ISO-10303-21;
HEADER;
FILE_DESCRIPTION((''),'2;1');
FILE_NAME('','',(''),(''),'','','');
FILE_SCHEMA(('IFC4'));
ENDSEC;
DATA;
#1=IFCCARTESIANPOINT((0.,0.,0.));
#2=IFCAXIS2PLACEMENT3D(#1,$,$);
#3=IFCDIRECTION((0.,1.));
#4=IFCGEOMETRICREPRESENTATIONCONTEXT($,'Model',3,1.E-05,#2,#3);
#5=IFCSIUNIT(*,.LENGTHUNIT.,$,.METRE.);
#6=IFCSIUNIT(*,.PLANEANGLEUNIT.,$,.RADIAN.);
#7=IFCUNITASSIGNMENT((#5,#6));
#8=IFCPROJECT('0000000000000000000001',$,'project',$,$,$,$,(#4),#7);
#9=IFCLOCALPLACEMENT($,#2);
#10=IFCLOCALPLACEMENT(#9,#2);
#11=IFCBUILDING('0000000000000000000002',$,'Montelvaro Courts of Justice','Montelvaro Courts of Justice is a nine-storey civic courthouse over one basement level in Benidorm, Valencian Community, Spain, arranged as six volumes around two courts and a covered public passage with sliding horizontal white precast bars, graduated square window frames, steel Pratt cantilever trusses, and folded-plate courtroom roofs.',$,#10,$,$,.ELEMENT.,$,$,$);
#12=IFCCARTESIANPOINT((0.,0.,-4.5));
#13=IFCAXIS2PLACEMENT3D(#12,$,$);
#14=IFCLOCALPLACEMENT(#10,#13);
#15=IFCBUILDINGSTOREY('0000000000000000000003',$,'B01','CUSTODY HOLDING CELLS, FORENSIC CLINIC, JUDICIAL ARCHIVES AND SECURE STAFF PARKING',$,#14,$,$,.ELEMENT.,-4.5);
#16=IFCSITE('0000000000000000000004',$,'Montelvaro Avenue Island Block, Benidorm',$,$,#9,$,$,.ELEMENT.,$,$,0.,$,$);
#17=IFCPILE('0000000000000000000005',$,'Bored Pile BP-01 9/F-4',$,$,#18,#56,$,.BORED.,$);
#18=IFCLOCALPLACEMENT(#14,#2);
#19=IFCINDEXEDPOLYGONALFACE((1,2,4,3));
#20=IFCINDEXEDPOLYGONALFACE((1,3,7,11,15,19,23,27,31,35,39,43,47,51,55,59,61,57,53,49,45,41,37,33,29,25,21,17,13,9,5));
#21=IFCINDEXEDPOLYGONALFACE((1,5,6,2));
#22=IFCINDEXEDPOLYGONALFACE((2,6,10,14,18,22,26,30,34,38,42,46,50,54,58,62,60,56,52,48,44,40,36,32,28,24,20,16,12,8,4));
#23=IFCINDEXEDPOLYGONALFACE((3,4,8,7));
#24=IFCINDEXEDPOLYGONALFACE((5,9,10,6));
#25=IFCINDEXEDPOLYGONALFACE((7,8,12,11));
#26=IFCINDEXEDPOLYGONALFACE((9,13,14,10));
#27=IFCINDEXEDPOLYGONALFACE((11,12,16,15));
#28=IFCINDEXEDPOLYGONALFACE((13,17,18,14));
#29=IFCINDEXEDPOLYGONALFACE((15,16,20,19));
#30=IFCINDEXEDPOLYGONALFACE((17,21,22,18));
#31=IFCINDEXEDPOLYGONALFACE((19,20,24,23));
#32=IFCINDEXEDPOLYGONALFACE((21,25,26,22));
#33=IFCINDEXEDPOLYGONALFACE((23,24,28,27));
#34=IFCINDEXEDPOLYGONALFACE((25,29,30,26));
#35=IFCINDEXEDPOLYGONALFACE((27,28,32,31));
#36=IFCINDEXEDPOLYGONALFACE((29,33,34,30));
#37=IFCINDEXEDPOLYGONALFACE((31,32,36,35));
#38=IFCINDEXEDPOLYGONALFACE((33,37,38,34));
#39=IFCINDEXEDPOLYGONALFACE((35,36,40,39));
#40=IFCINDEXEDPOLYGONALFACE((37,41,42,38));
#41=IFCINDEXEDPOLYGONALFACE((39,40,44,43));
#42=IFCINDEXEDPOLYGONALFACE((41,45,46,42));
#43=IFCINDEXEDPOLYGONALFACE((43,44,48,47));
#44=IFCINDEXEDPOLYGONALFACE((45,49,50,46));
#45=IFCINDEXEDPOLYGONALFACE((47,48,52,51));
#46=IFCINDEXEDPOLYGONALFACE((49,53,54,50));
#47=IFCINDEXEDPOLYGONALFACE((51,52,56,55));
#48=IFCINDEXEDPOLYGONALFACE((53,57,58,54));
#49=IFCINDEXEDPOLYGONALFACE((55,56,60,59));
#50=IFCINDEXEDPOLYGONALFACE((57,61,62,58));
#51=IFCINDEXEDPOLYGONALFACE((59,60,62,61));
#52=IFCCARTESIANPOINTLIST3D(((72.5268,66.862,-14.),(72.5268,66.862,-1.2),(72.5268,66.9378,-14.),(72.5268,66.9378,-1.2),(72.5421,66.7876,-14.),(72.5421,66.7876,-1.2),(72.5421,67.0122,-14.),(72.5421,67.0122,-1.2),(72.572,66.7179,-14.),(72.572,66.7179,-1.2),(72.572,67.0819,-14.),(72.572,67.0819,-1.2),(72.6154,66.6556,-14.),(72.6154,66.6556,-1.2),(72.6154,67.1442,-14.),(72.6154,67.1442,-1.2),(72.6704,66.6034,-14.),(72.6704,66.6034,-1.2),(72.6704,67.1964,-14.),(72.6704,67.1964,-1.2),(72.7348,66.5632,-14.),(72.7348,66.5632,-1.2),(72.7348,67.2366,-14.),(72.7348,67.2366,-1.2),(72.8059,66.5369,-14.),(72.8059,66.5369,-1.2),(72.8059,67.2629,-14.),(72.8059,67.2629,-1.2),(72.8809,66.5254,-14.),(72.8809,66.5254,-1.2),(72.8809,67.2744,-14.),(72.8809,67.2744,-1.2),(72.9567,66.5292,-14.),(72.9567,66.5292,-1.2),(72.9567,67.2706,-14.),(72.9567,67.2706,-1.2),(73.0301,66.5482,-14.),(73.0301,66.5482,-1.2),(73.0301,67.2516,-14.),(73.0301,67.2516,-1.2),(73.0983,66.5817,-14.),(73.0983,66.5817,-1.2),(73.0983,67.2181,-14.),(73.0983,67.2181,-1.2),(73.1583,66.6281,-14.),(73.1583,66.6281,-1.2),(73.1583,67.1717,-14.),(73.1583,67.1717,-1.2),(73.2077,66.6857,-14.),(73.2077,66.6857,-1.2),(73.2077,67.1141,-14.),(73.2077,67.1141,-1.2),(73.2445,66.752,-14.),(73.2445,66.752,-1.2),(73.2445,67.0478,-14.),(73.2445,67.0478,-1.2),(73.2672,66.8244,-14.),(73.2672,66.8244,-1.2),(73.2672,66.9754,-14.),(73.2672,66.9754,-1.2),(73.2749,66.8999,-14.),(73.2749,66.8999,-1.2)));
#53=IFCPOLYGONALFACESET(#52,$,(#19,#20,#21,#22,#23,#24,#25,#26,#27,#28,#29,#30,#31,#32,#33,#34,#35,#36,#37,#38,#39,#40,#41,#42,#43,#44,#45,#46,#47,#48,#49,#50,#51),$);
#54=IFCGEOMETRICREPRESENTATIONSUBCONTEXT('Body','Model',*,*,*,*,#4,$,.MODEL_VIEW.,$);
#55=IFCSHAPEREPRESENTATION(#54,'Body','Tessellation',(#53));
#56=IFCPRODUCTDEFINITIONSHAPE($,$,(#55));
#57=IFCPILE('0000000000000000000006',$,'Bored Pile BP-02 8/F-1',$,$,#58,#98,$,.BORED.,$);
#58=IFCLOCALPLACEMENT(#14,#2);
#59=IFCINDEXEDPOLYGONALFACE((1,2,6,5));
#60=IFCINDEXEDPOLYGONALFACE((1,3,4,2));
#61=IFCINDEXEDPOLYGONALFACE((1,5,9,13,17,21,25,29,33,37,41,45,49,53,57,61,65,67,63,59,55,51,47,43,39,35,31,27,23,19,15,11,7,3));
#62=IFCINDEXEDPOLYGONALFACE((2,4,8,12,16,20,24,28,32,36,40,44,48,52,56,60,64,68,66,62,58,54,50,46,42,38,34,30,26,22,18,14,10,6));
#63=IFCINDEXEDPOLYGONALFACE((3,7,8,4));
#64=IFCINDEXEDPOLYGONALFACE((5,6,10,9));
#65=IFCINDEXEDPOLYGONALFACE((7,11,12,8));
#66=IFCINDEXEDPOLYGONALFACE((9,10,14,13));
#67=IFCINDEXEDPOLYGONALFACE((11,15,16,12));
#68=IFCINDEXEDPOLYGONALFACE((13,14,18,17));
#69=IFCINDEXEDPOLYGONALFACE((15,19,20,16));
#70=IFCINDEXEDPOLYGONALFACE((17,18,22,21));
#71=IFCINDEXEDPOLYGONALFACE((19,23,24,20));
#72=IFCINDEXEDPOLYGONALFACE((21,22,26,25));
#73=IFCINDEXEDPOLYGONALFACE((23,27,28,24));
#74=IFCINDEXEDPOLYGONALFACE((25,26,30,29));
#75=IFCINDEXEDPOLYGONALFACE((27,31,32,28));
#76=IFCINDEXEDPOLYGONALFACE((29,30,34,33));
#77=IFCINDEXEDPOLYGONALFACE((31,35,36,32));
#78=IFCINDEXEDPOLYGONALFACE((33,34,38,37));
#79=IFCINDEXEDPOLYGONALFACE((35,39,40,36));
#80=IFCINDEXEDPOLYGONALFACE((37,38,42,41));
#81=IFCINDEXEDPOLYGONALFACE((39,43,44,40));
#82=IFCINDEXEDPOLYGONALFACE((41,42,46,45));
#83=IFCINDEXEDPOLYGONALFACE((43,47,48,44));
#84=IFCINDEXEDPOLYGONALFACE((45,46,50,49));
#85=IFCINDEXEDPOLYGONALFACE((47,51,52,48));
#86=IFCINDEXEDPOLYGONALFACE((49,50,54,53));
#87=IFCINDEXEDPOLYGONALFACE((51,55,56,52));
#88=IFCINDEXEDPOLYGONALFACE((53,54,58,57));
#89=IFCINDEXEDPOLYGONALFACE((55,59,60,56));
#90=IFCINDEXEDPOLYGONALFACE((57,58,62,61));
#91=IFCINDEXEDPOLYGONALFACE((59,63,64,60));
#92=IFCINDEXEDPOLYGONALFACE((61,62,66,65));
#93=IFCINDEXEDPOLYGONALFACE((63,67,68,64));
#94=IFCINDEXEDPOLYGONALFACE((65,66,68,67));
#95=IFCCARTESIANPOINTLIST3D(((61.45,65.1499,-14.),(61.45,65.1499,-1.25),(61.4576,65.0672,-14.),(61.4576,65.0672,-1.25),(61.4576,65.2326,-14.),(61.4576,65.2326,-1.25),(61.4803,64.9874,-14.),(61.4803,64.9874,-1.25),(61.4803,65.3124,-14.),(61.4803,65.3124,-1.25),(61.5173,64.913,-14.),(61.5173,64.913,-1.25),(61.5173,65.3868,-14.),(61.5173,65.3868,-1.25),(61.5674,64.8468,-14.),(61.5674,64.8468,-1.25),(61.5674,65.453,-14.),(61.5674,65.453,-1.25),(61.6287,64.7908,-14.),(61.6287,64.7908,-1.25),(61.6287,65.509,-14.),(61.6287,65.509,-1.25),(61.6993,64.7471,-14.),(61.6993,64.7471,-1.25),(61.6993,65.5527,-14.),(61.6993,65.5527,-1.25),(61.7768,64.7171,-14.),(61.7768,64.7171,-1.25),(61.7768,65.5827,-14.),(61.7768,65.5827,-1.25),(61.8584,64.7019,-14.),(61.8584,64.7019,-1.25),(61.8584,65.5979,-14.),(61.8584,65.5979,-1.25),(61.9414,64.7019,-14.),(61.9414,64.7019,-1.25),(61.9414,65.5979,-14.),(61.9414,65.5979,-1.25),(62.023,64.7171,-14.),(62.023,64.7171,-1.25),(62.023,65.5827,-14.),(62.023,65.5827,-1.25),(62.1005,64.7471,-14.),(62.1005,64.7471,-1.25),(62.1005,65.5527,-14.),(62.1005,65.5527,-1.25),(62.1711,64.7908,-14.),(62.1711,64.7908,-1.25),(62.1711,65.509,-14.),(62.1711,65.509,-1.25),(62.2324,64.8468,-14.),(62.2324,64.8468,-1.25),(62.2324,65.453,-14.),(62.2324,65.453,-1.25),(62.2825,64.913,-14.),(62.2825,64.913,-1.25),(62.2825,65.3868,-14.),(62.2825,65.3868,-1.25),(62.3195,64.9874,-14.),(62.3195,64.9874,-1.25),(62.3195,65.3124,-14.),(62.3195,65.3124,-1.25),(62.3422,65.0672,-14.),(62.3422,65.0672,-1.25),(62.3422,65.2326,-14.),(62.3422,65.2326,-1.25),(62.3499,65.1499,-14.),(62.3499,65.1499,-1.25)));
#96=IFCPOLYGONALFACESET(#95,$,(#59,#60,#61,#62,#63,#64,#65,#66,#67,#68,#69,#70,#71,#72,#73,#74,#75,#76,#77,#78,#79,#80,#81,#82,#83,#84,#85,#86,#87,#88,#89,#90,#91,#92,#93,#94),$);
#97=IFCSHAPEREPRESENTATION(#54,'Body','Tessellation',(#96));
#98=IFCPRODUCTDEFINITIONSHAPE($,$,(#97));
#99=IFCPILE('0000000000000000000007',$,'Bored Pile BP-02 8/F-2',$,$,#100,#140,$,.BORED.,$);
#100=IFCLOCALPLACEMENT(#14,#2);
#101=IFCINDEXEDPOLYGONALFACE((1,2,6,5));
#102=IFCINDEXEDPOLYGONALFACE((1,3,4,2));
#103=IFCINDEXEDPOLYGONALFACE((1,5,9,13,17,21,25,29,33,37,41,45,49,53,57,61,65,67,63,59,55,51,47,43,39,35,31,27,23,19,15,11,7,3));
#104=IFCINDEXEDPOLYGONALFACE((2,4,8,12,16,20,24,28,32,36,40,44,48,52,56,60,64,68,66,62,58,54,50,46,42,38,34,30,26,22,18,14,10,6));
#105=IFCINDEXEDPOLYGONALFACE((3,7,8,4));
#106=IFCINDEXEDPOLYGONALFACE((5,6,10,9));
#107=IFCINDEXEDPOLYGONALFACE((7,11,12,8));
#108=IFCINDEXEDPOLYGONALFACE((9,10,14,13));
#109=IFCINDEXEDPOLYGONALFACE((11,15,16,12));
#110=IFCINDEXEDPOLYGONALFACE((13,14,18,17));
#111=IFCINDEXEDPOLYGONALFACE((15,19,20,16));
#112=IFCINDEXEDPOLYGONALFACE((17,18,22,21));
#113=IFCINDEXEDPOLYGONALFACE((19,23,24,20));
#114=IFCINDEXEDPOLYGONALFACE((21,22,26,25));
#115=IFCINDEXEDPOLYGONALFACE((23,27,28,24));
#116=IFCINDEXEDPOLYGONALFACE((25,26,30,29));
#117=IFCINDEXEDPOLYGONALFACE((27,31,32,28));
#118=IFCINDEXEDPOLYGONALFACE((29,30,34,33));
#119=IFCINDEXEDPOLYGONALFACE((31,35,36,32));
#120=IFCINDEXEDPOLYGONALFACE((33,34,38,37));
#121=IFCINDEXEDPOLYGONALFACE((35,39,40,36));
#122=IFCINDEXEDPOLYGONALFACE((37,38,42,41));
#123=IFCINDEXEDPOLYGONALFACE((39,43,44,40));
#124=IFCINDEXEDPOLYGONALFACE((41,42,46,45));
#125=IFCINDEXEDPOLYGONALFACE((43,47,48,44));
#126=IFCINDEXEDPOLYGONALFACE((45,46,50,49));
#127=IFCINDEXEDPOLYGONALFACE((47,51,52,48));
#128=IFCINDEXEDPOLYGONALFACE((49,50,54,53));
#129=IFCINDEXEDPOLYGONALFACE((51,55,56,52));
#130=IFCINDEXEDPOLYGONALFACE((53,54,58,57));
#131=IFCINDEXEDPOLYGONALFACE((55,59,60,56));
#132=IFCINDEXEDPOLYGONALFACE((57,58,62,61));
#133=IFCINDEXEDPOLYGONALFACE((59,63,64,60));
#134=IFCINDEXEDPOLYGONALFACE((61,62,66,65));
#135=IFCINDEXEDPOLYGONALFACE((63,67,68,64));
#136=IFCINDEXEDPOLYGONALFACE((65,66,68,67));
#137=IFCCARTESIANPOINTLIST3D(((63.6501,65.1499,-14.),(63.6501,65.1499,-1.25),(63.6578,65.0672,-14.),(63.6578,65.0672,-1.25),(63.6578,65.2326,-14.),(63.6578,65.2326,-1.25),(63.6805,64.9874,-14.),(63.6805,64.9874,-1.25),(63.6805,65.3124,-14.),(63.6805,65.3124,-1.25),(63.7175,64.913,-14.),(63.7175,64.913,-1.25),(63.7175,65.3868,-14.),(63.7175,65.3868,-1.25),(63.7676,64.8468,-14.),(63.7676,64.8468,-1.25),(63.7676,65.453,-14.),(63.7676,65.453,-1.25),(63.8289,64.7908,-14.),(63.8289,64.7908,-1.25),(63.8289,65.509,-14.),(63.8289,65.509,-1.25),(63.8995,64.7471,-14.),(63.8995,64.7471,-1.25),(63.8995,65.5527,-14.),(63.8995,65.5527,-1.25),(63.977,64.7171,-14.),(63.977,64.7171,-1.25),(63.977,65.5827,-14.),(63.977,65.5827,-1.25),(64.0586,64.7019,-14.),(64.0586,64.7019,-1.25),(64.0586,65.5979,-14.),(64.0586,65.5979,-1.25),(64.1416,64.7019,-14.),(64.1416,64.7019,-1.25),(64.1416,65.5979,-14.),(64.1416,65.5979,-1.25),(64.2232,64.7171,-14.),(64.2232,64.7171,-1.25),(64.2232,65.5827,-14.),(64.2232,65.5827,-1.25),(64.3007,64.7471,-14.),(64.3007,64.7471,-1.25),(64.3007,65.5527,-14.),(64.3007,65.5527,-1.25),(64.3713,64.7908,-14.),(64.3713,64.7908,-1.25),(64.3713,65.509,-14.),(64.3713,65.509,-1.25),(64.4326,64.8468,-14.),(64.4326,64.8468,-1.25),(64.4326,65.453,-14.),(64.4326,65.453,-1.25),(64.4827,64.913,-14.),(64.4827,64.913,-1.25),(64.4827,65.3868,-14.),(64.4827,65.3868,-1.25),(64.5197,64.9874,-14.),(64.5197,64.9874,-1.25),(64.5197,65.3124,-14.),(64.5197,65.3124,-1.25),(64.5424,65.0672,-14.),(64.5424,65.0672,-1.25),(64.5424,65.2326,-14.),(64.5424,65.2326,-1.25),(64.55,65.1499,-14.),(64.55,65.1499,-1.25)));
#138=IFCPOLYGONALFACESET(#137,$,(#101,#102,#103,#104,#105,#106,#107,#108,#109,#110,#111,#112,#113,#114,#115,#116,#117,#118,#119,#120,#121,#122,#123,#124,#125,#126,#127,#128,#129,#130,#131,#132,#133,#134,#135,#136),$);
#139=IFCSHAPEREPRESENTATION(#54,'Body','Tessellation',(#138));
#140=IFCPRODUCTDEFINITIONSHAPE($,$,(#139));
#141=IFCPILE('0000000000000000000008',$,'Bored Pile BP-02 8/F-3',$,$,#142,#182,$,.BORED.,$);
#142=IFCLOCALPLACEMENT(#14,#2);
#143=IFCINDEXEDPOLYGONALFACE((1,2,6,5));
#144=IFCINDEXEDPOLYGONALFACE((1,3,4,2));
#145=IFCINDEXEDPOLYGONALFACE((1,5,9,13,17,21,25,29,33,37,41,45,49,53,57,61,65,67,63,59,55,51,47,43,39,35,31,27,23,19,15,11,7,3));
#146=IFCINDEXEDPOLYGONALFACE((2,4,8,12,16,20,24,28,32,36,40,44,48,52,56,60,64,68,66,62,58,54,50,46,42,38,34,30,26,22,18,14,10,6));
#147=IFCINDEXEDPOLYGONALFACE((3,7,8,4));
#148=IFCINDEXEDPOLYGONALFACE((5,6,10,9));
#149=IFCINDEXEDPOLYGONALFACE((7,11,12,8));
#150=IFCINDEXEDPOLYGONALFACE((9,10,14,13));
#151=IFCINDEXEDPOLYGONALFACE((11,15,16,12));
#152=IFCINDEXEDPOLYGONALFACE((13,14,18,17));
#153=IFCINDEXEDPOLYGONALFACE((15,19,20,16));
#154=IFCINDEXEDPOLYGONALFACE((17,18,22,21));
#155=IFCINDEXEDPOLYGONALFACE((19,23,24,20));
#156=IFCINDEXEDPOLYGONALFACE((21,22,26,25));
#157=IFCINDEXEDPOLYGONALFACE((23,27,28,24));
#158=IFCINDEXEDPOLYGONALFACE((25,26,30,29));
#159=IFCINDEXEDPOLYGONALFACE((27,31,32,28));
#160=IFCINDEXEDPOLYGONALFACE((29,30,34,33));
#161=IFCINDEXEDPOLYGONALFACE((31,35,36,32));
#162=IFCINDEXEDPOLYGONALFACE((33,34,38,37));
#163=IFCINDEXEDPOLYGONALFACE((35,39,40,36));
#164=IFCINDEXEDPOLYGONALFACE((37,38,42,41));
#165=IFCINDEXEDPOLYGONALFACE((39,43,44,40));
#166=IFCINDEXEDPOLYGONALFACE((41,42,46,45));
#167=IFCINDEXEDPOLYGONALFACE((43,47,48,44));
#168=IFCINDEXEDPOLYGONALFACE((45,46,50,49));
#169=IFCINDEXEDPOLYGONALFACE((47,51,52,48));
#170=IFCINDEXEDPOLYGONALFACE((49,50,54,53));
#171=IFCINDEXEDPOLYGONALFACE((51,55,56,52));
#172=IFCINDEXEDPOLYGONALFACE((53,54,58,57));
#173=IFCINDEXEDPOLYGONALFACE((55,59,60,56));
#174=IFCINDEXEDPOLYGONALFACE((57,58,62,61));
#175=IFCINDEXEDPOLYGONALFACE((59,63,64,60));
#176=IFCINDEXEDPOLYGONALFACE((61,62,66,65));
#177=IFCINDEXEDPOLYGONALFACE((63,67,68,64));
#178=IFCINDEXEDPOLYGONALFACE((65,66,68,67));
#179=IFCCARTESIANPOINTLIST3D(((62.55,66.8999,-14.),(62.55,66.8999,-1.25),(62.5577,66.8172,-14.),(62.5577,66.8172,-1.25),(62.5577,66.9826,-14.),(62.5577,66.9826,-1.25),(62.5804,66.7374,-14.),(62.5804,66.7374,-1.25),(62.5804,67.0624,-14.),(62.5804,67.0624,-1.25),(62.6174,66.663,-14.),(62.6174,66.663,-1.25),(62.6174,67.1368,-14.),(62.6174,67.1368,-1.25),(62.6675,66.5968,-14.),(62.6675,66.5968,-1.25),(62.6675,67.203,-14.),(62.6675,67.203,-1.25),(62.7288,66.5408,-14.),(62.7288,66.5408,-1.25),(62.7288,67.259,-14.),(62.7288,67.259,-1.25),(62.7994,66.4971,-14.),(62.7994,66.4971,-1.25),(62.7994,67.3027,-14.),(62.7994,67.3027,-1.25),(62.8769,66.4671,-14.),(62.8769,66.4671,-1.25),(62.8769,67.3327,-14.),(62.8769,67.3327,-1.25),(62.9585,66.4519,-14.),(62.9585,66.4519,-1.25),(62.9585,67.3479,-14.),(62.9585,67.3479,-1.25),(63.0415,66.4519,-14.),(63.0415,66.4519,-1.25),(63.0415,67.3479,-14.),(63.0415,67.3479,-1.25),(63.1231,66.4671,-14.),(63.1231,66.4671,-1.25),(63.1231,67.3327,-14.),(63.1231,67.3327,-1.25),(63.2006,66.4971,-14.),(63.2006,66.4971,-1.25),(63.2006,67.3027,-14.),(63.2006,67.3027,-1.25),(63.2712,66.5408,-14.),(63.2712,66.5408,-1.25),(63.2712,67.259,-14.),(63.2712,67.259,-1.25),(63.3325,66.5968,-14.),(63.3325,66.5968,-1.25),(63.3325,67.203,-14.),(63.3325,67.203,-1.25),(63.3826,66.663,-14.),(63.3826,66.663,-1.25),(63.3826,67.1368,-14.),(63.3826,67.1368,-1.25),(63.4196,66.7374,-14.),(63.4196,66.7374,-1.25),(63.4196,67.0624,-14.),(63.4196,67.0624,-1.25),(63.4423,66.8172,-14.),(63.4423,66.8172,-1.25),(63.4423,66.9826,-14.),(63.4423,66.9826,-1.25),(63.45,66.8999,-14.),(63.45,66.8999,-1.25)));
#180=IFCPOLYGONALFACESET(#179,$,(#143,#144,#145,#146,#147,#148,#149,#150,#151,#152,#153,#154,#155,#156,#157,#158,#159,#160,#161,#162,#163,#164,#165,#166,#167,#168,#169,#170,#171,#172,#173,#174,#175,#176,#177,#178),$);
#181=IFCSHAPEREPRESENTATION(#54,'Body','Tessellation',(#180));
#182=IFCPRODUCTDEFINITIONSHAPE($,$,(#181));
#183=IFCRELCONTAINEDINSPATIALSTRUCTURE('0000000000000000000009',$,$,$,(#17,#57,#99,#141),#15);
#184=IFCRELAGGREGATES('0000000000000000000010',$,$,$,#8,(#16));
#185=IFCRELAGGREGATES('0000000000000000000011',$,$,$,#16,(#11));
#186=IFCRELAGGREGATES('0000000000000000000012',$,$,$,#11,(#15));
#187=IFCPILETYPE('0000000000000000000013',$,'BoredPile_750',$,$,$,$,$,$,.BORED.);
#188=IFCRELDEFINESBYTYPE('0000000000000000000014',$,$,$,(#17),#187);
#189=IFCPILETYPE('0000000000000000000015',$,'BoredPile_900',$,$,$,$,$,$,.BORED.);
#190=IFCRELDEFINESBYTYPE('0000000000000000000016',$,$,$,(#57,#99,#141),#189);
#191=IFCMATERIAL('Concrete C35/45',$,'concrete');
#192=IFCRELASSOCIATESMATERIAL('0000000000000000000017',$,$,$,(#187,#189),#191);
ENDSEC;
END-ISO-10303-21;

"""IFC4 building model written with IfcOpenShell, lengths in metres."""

from ifc_helpers import new_model, si_unit, direction, frame, origin, origin_2d, place, context, subcontext, project, spatial, circle, extrude, material, material_profile, profile_set, type_object, element, save


model = new_model("IFC4")

# Units and contexts
model_context = context("Model", 3, precision=1e-05, world=origin(), true_north=direction((0.0, 1.0)))
body_context = subcontext(model_context, "Body", "Model", "MODEL_VIEW")
ifc_project = project(units=[si_unit("LENGTHUNIT", "METRE"), si_unit("PLANEANGLEUNIT", "RADIAN")], contexts=[model_context])

# Site, building, storey
site_placement = place(None, origin())
site = spatial("IfcSite", under=ifc_project, at=site_placement, Name="Montelvaro Avenue Island Block, Benidorm", CompositionType="ELEMENT", RefElevation=0.0)
building_placement = place(site_placement, origin())
building = spatial("IfcBuilding", under=site, at=building_placement, Name="Montelvaro Courts of Justice", Description="Montelvaro Courts of Justice is a nine-storey civic courthouse over one basement level in Benidorm, Valencian Community, Spain, arranged as six volumes around two courts and a covered public passage with sliding horizontal white precast bars, graduated square window frames, steel Pratt cantilever trusses, and folded-plate courtroom roofs.", CompositionType="ELEMENT")
storey_placement = place(building_placement, frame((0.0, 0.0, -4.5)))
storey = spatial("IfcBuildingStorey", under=building, at=storey_placement, Name="B01", Description="CUSTODY HOLDING CELLS, FORENSIC CLINIC, JUDICIAL ARCHIVES AND SECURE STAFF PARKING", CompositionType="ELEMENT", Elevation=-4.5)

# Piles
ifc_material_1 = material(Name="Concrete C35/45", Category="concrete")
ifc_material_profile_1 = material_profile(ifc_material_1, circle(Radius=0.375, at=origin_2d()), Name="BORED PILE D750")
ifc_profile_set_1 = profile_set([ifc_material_profile_1], Name="Concrete C35/45")
pile_type_1 = type_object("IfcPileType", Name="BoredPile_750", PredefinedType="BORED", material=ifc_profile_set_1)
for number, where, z_axis, x_axis, name in (
    (1, (72.8999, 66.8999, -1.2), (0.0, 0.0, -1.0), (1.0, 0.0, 0.0), "Bored Pile BP-01 9/F-4"),
):
    element("IfcPile", number, at=place(storey_placement, frame(where, z_axis=z_axis, x_axis=x_axis)), inside=storey, type_object=pile_type_1, Name=name, PredefinedType="BORED", context=body_context, shape_type="SweptSolid", body=[
        extrude(circle(Radius=0.375, at=origin_2d()), origin(), (0.0, 0.0, 1.0), 12.8),
    ])
ifc_material_profile_2 = material_profile(ifc_material_1, circle(Radius=0.45, at=origin_2d()), Name="BORED PILE D900")
ifc_profile_set_2 = profile_set([ifc_material_profile_2], Name="Concrete C35/45")
pile_type_2 = type_object("IfcPileType", Name="BoredPile_900", PredefinedType="BORED", material=ifc_profile_set_2)
for number, where, z_axis, x_axis, name in (
    (2, (61.8999, 65.1499, -1.25), (0.0, 0.0, -1.0), (1.0, 0.0, 0.0), "Bored Pile BP-02 8/F-1"),
    (3, (64.1001, 65.1499, -1.25), (0.0, 0.0, -1.0), (1.0, 0.0, 0.0), "Bored Pile BP-02 8/F-2"),
    (4, (63.0, 66.8999, -1.25), (0.0, 0.0, -1.0), (1.0, 0.0, 0.0), "Bored Pile BP-02 8/F-3"),
):
    element("IfcPile", number, at=place(storey_placement, frame(where, z_axis=z_axis, x_axis=x_axis)), inside=storey, type_object=pile_type_2, Name=name, PredefinedType="BORED", context=body_context, shape_type="SweptSolid", body=[
        extrude(circle(Radius=0.45, at=origin_2d()), origin(), (0.0, 0.0, 1.0), 12.75),
    ])

save(model, "model.ifc")
